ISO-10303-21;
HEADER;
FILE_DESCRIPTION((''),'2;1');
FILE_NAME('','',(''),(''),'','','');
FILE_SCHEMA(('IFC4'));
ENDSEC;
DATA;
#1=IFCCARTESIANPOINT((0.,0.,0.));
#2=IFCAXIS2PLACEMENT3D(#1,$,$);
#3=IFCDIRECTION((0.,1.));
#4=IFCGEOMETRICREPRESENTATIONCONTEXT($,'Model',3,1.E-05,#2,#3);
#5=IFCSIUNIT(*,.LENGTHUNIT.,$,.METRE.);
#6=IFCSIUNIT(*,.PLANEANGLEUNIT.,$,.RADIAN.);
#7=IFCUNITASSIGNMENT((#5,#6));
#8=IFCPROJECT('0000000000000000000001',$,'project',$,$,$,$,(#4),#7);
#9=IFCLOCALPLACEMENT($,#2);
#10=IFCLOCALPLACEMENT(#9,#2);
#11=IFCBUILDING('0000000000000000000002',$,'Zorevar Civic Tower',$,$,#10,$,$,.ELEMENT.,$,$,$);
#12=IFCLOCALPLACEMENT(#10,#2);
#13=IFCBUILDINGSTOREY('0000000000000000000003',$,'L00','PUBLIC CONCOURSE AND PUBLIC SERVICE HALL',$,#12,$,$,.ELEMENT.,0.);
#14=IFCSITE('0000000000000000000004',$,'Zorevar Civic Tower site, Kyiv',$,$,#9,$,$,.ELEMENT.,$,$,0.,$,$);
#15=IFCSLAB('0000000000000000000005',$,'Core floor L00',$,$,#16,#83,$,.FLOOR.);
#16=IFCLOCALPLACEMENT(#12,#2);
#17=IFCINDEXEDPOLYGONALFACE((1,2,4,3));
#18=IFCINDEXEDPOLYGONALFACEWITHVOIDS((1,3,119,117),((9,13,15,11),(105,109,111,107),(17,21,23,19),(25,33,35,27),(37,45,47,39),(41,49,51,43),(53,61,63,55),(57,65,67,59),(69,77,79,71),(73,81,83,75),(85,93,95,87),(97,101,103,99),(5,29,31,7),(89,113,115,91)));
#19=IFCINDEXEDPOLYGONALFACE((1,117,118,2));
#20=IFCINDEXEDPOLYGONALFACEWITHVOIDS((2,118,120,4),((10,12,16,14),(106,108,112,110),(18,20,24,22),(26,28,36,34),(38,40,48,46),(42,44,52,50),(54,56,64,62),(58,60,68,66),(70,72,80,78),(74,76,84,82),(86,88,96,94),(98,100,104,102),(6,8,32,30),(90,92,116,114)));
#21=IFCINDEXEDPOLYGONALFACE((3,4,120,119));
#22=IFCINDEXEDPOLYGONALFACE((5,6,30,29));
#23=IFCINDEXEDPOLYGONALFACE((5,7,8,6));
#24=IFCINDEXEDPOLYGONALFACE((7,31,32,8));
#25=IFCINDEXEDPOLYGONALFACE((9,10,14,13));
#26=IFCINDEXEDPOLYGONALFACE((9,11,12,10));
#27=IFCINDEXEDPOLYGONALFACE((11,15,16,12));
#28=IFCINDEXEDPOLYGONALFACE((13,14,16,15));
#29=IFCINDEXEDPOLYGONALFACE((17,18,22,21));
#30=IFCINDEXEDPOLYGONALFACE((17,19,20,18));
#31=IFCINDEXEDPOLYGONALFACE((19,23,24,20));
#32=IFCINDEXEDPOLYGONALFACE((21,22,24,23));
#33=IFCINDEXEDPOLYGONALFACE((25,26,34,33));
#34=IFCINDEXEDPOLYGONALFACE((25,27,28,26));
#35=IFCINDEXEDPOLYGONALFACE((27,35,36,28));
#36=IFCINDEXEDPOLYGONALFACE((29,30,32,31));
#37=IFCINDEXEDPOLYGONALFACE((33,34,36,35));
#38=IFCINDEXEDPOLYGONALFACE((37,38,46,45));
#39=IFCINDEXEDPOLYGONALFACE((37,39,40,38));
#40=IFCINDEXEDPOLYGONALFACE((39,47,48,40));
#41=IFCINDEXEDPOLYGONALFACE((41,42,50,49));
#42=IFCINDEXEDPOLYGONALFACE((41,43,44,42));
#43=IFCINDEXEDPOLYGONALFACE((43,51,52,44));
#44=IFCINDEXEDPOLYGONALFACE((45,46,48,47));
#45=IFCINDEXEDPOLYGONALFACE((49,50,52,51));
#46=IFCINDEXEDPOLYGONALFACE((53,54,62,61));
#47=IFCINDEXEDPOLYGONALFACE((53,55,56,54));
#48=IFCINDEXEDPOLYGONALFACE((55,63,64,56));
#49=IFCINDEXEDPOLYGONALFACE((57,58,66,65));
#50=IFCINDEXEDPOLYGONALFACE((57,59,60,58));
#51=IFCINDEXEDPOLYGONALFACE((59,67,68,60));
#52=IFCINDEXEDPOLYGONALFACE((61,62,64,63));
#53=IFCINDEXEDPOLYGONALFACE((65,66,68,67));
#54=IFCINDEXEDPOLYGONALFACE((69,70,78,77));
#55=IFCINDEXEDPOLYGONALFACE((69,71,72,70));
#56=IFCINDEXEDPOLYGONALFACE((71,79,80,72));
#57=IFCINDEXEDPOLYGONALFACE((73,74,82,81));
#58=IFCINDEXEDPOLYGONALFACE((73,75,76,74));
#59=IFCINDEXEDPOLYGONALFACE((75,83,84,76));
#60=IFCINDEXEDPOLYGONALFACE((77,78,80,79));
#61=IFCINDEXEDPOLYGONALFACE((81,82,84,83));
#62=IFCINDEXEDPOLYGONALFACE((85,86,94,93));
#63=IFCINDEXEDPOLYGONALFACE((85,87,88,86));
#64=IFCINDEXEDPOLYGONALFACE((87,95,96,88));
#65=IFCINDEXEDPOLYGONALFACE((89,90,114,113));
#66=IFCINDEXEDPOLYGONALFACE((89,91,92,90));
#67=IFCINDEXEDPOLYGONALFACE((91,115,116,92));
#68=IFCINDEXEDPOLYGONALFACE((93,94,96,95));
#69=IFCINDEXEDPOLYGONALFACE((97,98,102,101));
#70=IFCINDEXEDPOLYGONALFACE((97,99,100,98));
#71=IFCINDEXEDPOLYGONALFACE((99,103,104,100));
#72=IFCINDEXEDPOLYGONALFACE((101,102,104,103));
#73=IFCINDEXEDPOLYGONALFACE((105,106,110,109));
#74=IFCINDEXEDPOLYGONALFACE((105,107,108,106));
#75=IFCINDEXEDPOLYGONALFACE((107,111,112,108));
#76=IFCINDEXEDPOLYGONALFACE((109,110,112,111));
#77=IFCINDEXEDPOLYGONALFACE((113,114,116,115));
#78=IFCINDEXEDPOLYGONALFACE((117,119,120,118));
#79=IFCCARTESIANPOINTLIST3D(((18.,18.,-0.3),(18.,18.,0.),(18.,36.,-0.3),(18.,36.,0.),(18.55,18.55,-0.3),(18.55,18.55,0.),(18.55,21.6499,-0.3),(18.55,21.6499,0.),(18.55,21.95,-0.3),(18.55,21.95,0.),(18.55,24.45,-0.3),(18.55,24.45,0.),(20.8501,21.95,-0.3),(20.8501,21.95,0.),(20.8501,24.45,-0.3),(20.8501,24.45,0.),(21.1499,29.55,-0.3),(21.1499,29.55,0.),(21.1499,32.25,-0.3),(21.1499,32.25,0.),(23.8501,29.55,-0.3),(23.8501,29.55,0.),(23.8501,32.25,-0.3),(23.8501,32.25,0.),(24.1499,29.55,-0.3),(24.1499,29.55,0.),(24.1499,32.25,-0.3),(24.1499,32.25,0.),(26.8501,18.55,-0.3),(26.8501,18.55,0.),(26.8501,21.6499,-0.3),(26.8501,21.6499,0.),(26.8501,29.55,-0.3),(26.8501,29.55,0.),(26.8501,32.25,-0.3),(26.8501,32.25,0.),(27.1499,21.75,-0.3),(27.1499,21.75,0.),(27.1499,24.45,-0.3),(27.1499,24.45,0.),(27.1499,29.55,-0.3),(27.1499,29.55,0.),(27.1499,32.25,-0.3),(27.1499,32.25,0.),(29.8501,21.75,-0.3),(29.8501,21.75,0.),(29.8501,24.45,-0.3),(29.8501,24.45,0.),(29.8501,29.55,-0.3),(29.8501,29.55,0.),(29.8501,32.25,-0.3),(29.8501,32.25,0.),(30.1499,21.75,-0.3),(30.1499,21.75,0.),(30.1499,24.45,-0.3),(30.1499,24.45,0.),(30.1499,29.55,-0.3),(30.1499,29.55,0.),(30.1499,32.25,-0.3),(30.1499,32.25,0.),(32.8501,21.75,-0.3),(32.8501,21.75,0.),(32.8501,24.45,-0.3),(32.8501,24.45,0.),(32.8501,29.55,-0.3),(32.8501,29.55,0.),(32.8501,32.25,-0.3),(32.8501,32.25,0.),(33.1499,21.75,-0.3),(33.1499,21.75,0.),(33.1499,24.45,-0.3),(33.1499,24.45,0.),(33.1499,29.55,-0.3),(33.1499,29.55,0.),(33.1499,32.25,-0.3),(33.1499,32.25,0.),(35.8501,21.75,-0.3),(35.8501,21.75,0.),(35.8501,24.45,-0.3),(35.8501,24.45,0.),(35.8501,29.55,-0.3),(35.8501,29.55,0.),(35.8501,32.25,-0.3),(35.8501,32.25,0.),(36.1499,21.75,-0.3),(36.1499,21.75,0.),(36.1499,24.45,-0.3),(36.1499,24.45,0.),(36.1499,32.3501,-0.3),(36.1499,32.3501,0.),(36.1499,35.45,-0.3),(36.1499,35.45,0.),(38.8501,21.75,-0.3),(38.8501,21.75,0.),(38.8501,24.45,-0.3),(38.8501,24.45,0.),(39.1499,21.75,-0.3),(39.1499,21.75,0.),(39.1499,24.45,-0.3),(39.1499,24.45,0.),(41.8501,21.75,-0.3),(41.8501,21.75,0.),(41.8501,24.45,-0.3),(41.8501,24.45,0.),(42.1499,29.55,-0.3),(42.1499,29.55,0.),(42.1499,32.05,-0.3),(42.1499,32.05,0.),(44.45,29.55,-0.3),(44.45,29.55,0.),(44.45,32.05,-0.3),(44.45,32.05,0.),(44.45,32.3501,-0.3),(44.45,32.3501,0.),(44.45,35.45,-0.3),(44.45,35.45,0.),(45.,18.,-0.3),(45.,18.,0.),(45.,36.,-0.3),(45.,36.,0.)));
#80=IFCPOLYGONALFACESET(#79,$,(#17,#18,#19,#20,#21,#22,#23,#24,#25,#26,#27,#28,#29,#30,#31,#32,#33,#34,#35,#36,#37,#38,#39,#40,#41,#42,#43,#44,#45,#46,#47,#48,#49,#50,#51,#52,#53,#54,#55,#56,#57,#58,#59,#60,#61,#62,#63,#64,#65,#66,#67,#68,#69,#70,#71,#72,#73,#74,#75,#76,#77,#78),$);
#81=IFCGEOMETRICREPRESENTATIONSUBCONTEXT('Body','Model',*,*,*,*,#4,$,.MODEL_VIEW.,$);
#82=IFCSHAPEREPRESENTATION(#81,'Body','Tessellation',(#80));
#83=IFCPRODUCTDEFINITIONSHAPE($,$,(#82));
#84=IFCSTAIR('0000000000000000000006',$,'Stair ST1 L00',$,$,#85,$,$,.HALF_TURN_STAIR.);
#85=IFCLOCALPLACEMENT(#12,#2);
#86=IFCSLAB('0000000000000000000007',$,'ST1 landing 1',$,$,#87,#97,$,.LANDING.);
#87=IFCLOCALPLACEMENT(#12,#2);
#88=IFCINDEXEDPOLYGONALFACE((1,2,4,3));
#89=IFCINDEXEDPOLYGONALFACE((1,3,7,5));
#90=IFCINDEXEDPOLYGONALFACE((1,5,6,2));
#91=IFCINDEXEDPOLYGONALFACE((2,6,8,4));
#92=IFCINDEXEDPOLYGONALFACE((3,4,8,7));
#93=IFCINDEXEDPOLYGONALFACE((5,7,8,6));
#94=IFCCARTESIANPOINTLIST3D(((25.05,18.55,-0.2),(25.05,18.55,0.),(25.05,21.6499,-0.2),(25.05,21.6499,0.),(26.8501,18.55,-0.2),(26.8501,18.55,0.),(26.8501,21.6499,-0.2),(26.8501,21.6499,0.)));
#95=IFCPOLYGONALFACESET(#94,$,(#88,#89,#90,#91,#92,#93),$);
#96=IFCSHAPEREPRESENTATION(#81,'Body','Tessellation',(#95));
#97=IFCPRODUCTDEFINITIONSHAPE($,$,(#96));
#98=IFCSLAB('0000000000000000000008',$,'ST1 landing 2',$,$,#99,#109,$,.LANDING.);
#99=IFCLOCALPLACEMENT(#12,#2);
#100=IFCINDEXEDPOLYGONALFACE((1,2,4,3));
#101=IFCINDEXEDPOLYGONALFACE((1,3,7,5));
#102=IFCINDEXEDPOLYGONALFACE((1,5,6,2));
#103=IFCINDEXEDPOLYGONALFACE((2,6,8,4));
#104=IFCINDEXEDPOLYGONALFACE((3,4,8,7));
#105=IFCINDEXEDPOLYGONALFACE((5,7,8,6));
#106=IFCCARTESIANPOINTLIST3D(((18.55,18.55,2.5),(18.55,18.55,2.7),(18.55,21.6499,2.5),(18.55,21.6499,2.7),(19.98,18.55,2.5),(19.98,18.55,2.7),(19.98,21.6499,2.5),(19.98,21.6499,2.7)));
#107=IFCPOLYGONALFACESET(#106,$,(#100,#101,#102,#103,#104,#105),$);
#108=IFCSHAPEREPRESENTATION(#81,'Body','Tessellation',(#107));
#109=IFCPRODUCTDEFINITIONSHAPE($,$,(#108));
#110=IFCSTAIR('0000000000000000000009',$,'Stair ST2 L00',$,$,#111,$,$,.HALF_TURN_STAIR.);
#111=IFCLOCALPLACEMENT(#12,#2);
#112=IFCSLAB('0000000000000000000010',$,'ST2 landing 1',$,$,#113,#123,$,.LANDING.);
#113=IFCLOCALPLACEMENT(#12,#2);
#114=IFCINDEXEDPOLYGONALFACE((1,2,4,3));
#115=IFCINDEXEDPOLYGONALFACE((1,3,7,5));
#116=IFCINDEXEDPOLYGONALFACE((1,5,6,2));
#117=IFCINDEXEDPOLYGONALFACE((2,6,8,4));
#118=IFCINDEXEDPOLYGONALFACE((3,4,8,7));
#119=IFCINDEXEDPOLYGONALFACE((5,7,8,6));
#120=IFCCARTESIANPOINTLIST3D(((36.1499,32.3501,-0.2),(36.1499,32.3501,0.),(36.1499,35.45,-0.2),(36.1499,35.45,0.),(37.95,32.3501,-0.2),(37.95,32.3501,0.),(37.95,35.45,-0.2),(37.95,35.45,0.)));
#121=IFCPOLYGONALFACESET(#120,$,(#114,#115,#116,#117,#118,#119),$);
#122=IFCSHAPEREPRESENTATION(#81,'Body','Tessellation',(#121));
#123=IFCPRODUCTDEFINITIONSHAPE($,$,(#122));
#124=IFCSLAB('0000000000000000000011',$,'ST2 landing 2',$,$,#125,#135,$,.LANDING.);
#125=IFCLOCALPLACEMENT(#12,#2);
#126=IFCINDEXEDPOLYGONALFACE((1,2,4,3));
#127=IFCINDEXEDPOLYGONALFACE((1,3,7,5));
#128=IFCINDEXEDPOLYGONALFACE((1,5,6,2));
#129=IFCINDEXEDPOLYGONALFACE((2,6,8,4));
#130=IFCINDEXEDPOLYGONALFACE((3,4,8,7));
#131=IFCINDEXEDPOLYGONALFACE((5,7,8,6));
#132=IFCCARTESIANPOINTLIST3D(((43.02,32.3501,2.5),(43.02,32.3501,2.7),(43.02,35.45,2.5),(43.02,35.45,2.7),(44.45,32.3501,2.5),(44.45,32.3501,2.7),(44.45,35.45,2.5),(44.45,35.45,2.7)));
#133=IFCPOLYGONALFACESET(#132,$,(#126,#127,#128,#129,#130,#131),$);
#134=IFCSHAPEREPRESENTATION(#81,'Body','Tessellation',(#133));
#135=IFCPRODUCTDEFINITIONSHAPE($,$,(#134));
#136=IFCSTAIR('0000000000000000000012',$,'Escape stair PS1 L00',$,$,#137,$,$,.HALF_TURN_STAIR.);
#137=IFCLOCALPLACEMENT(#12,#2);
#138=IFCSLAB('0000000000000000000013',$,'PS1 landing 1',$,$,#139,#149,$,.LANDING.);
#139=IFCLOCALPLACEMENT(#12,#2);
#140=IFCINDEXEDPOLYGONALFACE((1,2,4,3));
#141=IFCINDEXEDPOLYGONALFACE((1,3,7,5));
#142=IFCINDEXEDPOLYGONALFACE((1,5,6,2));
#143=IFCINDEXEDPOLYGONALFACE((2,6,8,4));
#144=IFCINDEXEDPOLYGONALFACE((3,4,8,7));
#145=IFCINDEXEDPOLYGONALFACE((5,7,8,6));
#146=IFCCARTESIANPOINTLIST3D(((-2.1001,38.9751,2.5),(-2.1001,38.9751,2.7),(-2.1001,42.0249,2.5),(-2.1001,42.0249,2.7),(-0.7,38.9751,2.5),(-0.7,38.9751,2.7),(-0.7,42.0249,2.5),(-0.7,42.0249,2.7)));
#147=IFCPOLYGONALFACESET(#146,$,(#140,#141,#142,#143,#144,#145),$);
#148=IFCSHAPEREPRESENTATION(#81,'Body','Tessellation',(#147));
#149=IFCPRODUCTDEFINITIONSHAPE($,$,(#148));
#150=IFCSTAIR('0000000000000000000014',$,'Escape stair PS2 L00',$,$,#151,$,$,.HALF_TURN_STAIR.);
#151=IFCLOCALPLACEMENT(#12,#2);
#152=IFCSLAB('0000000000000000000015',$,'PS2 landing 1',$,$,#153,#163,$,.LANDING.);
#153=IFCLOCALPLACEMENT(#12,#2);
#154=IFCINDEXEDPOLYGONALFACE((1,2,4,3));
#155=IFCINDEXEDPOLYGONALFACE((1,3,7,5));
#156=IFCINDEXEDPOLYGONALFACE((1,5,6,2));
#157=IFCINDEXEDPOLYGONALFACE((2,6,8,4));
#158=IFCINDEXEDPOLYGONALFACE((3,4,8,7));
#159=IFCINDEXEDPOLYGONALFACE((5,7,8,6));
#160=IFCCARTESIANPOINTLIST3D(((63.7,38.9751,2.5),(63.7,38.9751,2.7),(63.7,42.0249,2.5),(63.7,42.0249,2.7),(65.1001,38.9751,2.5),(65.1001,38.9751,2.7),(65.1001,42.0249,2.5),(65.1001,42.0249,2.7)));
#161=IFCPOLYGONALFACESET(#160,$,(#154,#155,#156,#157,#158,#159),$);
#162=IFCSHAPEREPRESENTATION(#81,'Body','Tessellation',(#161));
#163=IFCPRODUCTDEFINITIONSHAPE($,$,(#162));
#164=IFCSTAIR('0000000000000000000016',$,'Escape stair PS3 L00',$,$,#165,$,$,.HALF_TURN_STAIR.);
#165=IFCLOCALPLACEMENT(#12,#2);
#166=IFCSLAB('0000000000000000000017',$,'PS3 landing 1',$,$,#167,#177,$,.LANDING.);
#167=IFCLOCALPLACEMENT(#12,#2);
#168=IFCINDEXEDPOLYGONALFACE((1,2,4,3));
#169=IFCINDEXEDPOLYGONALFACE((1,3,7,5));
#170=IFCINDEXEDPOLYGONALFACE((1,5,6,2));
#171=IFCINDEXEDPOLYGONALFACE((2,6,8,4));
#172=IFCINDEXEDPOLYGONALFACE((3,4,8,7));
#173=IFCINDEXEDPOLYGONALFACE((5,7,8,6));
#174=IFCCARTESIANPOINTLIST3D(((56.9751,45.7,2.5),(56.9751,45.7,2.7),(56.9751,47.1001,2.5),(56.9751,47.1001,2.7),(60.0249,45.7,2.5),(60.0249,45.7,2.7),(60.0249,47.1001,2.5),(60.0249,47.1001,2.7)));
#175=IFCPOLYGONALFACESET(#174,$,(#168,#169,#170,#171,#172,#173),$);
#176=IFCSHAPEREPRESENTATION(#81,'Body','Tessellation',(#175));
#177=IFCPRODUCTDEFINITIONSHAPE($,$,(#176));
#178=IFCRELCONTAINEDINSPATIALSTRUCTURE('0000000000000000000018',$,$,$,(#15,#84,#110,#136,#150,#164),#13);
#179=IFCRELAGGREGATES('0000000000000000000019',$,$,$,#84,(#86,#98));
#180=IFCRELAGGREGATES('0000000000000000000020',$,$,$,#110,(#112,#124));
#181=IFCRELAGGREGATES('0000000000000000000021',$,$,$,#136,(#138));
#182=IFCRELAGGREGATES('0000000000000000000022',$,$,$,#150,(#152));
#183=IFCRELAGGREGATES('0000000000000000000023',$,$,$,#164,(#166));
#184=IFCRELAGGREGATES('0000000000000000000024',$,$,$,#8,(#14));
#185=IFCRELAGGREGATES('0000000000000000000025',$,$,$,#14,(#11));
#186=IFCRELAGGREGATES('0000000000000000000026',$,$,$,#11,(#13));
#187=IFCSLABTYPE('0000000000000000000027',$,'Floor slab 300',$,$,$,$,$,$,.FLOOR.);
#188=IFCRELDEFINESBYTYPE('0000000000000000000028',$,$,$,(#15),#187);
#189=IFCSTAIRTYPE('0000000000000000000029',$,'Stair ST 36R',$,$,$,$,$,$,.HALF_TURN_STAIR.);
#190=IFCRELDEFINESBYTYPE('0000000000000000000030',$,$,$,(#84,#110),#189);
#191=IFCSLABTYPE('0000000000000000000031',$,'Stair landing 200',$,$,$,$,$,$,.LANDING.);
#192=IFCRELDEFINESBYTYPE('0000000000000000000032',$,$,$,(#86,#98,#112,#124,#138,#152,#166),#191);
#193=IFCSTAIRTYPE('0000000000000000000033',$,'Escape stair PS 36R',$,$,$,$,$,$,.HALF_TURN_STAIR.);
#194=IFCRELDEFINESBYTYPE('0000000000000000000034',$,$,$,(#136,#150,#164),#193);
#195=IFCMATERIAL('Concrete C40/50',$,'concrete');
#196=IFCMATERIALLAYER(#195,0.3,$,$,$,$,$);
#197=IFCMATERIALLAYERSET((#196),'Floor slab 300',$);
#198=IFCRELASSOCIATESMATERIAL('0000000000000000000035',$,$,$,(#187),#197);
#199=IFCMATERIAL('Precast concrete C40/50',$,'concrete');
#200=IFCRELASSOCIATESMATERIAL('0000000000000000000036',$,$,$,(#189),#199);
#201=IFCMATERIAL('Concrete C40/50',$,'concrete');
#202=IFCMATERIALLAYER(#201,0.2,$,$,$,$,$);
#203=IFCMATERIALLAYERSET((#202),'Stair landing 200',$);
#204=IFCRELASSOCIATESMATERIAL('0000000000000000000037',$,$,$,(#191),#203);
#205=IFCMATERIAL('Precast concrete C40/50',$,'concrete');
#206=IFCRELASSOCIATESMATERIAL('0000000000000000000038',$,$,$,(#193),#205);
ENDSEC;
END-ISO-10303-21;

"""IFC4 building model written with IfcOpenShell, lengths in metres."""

from ifc_helpers import new_model, si_unit, direction, frame, origin, place, context, subcontext, project, spatial, polyline, outline, extrude, material, layer, layer_set, type_object, element, aggregate, save


model = new_model("IFC4")

# Units and contexts
model_context = context("Model", 3, precision=1e-05, world=origin(), true_north=direction((0.0, 1.0)))
body_context = subcontext(model_context, "Body", "Model", "MODEL_VIEW")
ifc_project = project(units=[si_unit("LENGTHUNIT", "METRE"), si_unit("PLANEANGLEUNIT", "RADIAN")], contexts=[model_context])

# Site, building, storey
site_placement = place(None, origin())
site = spatial("IfcSite", under=ifc_project, at=site_placement, Name="Zorevar Civic Tower site, Kyiv", CompositionType="ELEMENT", RefElevation=0.0)
building_placement = place(site_placement, origin())
building = spatial("IfcBuilding", under=site, at=building_placement, Name="Zorevar Civic Tower", CompositionType="ELEMENT")
storey_placement = place(building_placement, origin())
storey = spatial("IfcBuildingStorey", under=building, at=storey_placement, Name="L00", Description="PUBLIC CONCOURSE AND PUBLIC SERVICE HALL", CompositionType="ELEMENT", Elevation=0.0)

# Slab
ifc_material_1 = material(Name="Concrete C40/50", Category="concrete")
ifc_layer_1 = layer(ifc_material_1, 0.3)
ifc_layer_set_1 = layer_set([ifc_layer_1], Name="Floor slab 300")
slab_type_1 = type_object("IfcSlabType", Name="Floor slab 300", PredefinedType="FLOOR", material=ifc_layer_set_1)
slab_1_placement = place(storey_placement, frame((0.0, 0.0, -0.3)))
element("IfcSlab", 1, at=slab_1_placement, inside=storey, type_object=slab_type_1, Name="Core floor L00", PredefinedType="FLOOR", context=body_context, shape_type="SweptSolid", body=[
    extrude(outline(polyline([(18.0, 18.0), (45.0, 18.0), (45.0, 36.0), (18.0, 36.0), (18.0, 18.0)]), holes=[polyline([(18.55, 18.55), (26.8501, 18.55), (26.8501, 21.6499), (18.55, 21.6499), (18.55, 18.55)]), polyline([(36.1499, 32.3501), (44.45, 32.3501), (44.45, 35.45), (36.1499, 35.45), (36.1499, 32.3501)]), polyline([(18.55, 21.95), (20.8501, 21.95), (20.8501, 24.45), (18.55, 24.45), (18.55, 21.95)]), polyline([(42.1499, 29.55), (44.45, 29.55), (44.45, 32.05), (42.1499, 32.05), (42.1499, 29.55)]), polyline([(27.1499, 21.75), (29.8501, 21.75), (29.8501, 24.45), (27.1499, 24.45), (27.1499, 21.75)]), polyline([(33.1499, 29.55), (35.8501, 29.55), (35.8501, 32.25), (33.1499, 32.25), (33.1499, 29.55)]), polyline([(30.1499, 21.75), (32.8501, 21.75), (32.8501, 24.45), (30.1499, 24.45), (30.1499, 21.75)]), polyline([(30.1499, 29.55), (32.8501, 29.55), (32.8501, 32.25), (30.1499, 32.25), (30.1499, 29.55)]), polyline([(33.1499, 21.75), (35.8501, 21.75), (35.8501, 24.45), (33.1499, 24.45), (33.1499, 21.75)]), polyline([(27.1499, 29.55), (29.8501, 29.55), (29.8501, 32.25), (27.1499, 32.25), (27.1499, 29.55)]), polyline([(36.1499, 21.75), (38.8501, 21.75), (38.8501, 24.45), (36.1499, 24.45), (36.1499, 21.75)]), polyline([(24.1499, 29.55), (26.8501, 29.55), (26.8501, 32.25), (24.1499, 32.25), (24.1499, 29.55)]), polyline([(39.1499, 21.75), (41.8501, 21.75), (41.8501, 24.45), (39.1499, 24.45), (39.1499, 21.75)]), polyline([(21.1499, 29.55), (23.8501, 29.55), (23.8501, 32.25), (21.1499, 32.25), (21.1499, 29.55)])]), origin(), (0.0, 0.0, 1.0), 0.3),
])

# Stairs, slabs
ifc_material_2 = material(Name="Precast concrete C40/50", Category="concrete")
stair_type_1 = type_object("IfcStairType", Name="Stair ST 36R", PredefinedType="HALF_TURN_STAIR", material=ifc_material_2)
stair_1_placement = place(storey_placement, origin())
stair_1 = element("IfcStair", 2, at=stair_1_placement, inside=storey, type_object=stair_type_1, Name="Stair ST1 L00", PredefinedType="HALF_TURN_STAIR")
ifc_material_3 = material(Name="Concrete C40/50", Category="concrete")
ifc_layer_2 = layer(ifc_material_3, 0.2)
ifc_layer_set_2 = layer_set([ifc_layer_2], Name="Stair landing 200")
slab_type_2 = type_object("IfcSlabType", Name="Stair landing 200", PredefinedType="LANDING", material=ifc_layer_set_2)
slab_2_placement = place(storey_placement, frame((0.0, 0.0, -0.2)))
slab_2 = element("IfcSlab", 3, at=slab_2_placement, type_object=slab_type_2, Name="ST1 landing 1", PredefinedType="LANDING", context=body_context, shape_type="SweptSolid", body=[
    extrude(outline(polyline([(25.05, 18.55), (26.8501, 18.55), (26.8501, 21.6499), (25.05, 21.6499), (25.05, 18.55)])), origin(), (0.0, 0.0, 1.0), 0.2),
])
slab_3_placement = place(storey_placement, frame((0.0, 0.0, 2.5)))
slab_3 = element("IfcSlab", 4, at=slab_3_placement, type_object=slab_type_2, Name="ST1 landing 2", PredefinedType="LANDING", context=body_context, shape_type="SweptSolid", body=[
    extrude(outline(polyline([(18.55, 18.55), (19.98, 18.55), (19.98, 21.6499), (18.55, 21.6499), (18.55, 18.55)])), origin(), (0.0, 0.0, 1.0), 0.2),
])
aggregate(stair_1, [slab_2, slab_3])
stair_2_placement = place(storey_placement, origin())
stair_2 = element("IfcStair", 5, at=stair_2_placement, inside=storey, type_object=stair_type_1, Name="Stair ST2 L00", PredefinedType="HALF_TURN_STAIR")
slab_4_placement = place(storey_placement, frame((0.0, 0.0, -0.2)))
slab_4 = element("IfcSlab", 6, at=slab_4_placement, type_object=slab_type_2, Name="ST2 landing 1", PredefinedType="LANDING", context=body_context, shape_type="SweptSolid", body=[
    extrude(outline(polyline([(37.95, 32.3501), (36.1499, 32.3501), (36.1499, 35.45), (37.95, 35.45), (37.95, 32.3501)])), origin(), (0.0, 0.0, 1.0), 0.2),
])
slab_5_placement = place(storey_placement, frame((0.0, 0.0, 2.5)))
slab_5 = element("IfcSlab", 7, at=slab_5_placement, type_object=slab_type_2, Name="ST2 landing 2", PredefinedType="LANDING", context=body_context, shape_type="SweptSolid", body=[
    extrude(outline(polyline([(44.45, 32.3501), (43.02, 32.3501), (43.02, 35.45), (44.45, 35.45), (44.45, 32.3501)])), origin(), (0.0, 0.0, 1.0), 0.2),
])
aggregate(stair_2, [slab_4, slab_5])

# Stairs, slabs
ifc_material_4 = material(Name="Precast concrete C40/50", Category="concrete")
stair_type_2 = type_object("IfcStairType", Name="Escape stair PS 36R", PredefinedType="HALF_TURN_STAIR", material=ifc_material_4)
stair_3_placement = place(storey_placement, origin())
stair_3 = element("IfcStair", 8, at=stair_3_placement, inside=storey, type_object=stair_type_2, Name="Escape stair PS1 L00", PredefinedType="HALF_TURN_STAIR")
slab_6_placement = place(storey_placement, frame((0.0, 0.0, 2.5)))
slab_6 = element("IfcSlab", 9, at=slab_6_placement, type_object=slab_type_2, Name="PS1 landing 1", PredefinedType="LANDING", context=body_context, shape_type="SweptSolid", body=[
    extrude(outline(polyline([(-2.1001, 38.9751), (-0.7, 38.9751), (-0.7, 42.0249), (-2.1001, 42.0249), (-2.1001, 38.9751)])), origin(), (0.0, 0.0, 1.0), 0.2),
])
aggregate(stair_3, [slab_6])
stair_4_placement = place(storey_placement, origin())
stair_4 = element("IfcStair", 10, at=stair_4_placement, inside=storey, type_object=stair_type_2, Name="Escape stair PS2 L00", PredefinedType="HALF_TURN_STAIR")
slab_7_placement = place(storey_placement, frame((0.0, 0.0, 2.5)))
slab_7 = element("IfcSlab", 11, at=slab_7_placement, type_object=slab_type_2, Name="PS2 landing 1", PredefinedType="LANDING", context=body_context, shape_type="SweptSolid", body=[
    extrude(outline(polyline([(63.7, 38.9751), (65.1001, 38.9751), (65.1001, 42.0249), (63.7, 42.0249), (63.7, 38.9751)])), origin(), (0.0, 0.0, 1.0), 0.2),
])
aggregate(stair_4, [slab_7])
stair_5_placement = place(storey_placement, origin())
stair_5 = element("IfcStair", 12, at=stair_5_placement, inside=storey, type_object=stair_type_2, Name="Escape stair PS3 L00", PredefinedType="HALF_TURN_STAIR")
slab_8_placement = place(storey_placement, frame((0.0, 0.0, 2.5)))
slab_8 = element("IfcSlab", 13, at=slab_8_placement, type_object=slab_type_2, Name="PS3 landing 1", PredefinedType="LANDING", context=body_context, shape_type="SweptSolid", body=[
    extrude(outline(polyline([(56.9751, 45.7), (60.0249, 45.7), (60.0249, 47.1001), (56.9751, 47.1001), (56.9751, 45.7)])), origin(), (0.0, 0.0, 1.0), 0.2),
])
aggregate(stair_5, [slab_8])

save(model, "model.ifc")
